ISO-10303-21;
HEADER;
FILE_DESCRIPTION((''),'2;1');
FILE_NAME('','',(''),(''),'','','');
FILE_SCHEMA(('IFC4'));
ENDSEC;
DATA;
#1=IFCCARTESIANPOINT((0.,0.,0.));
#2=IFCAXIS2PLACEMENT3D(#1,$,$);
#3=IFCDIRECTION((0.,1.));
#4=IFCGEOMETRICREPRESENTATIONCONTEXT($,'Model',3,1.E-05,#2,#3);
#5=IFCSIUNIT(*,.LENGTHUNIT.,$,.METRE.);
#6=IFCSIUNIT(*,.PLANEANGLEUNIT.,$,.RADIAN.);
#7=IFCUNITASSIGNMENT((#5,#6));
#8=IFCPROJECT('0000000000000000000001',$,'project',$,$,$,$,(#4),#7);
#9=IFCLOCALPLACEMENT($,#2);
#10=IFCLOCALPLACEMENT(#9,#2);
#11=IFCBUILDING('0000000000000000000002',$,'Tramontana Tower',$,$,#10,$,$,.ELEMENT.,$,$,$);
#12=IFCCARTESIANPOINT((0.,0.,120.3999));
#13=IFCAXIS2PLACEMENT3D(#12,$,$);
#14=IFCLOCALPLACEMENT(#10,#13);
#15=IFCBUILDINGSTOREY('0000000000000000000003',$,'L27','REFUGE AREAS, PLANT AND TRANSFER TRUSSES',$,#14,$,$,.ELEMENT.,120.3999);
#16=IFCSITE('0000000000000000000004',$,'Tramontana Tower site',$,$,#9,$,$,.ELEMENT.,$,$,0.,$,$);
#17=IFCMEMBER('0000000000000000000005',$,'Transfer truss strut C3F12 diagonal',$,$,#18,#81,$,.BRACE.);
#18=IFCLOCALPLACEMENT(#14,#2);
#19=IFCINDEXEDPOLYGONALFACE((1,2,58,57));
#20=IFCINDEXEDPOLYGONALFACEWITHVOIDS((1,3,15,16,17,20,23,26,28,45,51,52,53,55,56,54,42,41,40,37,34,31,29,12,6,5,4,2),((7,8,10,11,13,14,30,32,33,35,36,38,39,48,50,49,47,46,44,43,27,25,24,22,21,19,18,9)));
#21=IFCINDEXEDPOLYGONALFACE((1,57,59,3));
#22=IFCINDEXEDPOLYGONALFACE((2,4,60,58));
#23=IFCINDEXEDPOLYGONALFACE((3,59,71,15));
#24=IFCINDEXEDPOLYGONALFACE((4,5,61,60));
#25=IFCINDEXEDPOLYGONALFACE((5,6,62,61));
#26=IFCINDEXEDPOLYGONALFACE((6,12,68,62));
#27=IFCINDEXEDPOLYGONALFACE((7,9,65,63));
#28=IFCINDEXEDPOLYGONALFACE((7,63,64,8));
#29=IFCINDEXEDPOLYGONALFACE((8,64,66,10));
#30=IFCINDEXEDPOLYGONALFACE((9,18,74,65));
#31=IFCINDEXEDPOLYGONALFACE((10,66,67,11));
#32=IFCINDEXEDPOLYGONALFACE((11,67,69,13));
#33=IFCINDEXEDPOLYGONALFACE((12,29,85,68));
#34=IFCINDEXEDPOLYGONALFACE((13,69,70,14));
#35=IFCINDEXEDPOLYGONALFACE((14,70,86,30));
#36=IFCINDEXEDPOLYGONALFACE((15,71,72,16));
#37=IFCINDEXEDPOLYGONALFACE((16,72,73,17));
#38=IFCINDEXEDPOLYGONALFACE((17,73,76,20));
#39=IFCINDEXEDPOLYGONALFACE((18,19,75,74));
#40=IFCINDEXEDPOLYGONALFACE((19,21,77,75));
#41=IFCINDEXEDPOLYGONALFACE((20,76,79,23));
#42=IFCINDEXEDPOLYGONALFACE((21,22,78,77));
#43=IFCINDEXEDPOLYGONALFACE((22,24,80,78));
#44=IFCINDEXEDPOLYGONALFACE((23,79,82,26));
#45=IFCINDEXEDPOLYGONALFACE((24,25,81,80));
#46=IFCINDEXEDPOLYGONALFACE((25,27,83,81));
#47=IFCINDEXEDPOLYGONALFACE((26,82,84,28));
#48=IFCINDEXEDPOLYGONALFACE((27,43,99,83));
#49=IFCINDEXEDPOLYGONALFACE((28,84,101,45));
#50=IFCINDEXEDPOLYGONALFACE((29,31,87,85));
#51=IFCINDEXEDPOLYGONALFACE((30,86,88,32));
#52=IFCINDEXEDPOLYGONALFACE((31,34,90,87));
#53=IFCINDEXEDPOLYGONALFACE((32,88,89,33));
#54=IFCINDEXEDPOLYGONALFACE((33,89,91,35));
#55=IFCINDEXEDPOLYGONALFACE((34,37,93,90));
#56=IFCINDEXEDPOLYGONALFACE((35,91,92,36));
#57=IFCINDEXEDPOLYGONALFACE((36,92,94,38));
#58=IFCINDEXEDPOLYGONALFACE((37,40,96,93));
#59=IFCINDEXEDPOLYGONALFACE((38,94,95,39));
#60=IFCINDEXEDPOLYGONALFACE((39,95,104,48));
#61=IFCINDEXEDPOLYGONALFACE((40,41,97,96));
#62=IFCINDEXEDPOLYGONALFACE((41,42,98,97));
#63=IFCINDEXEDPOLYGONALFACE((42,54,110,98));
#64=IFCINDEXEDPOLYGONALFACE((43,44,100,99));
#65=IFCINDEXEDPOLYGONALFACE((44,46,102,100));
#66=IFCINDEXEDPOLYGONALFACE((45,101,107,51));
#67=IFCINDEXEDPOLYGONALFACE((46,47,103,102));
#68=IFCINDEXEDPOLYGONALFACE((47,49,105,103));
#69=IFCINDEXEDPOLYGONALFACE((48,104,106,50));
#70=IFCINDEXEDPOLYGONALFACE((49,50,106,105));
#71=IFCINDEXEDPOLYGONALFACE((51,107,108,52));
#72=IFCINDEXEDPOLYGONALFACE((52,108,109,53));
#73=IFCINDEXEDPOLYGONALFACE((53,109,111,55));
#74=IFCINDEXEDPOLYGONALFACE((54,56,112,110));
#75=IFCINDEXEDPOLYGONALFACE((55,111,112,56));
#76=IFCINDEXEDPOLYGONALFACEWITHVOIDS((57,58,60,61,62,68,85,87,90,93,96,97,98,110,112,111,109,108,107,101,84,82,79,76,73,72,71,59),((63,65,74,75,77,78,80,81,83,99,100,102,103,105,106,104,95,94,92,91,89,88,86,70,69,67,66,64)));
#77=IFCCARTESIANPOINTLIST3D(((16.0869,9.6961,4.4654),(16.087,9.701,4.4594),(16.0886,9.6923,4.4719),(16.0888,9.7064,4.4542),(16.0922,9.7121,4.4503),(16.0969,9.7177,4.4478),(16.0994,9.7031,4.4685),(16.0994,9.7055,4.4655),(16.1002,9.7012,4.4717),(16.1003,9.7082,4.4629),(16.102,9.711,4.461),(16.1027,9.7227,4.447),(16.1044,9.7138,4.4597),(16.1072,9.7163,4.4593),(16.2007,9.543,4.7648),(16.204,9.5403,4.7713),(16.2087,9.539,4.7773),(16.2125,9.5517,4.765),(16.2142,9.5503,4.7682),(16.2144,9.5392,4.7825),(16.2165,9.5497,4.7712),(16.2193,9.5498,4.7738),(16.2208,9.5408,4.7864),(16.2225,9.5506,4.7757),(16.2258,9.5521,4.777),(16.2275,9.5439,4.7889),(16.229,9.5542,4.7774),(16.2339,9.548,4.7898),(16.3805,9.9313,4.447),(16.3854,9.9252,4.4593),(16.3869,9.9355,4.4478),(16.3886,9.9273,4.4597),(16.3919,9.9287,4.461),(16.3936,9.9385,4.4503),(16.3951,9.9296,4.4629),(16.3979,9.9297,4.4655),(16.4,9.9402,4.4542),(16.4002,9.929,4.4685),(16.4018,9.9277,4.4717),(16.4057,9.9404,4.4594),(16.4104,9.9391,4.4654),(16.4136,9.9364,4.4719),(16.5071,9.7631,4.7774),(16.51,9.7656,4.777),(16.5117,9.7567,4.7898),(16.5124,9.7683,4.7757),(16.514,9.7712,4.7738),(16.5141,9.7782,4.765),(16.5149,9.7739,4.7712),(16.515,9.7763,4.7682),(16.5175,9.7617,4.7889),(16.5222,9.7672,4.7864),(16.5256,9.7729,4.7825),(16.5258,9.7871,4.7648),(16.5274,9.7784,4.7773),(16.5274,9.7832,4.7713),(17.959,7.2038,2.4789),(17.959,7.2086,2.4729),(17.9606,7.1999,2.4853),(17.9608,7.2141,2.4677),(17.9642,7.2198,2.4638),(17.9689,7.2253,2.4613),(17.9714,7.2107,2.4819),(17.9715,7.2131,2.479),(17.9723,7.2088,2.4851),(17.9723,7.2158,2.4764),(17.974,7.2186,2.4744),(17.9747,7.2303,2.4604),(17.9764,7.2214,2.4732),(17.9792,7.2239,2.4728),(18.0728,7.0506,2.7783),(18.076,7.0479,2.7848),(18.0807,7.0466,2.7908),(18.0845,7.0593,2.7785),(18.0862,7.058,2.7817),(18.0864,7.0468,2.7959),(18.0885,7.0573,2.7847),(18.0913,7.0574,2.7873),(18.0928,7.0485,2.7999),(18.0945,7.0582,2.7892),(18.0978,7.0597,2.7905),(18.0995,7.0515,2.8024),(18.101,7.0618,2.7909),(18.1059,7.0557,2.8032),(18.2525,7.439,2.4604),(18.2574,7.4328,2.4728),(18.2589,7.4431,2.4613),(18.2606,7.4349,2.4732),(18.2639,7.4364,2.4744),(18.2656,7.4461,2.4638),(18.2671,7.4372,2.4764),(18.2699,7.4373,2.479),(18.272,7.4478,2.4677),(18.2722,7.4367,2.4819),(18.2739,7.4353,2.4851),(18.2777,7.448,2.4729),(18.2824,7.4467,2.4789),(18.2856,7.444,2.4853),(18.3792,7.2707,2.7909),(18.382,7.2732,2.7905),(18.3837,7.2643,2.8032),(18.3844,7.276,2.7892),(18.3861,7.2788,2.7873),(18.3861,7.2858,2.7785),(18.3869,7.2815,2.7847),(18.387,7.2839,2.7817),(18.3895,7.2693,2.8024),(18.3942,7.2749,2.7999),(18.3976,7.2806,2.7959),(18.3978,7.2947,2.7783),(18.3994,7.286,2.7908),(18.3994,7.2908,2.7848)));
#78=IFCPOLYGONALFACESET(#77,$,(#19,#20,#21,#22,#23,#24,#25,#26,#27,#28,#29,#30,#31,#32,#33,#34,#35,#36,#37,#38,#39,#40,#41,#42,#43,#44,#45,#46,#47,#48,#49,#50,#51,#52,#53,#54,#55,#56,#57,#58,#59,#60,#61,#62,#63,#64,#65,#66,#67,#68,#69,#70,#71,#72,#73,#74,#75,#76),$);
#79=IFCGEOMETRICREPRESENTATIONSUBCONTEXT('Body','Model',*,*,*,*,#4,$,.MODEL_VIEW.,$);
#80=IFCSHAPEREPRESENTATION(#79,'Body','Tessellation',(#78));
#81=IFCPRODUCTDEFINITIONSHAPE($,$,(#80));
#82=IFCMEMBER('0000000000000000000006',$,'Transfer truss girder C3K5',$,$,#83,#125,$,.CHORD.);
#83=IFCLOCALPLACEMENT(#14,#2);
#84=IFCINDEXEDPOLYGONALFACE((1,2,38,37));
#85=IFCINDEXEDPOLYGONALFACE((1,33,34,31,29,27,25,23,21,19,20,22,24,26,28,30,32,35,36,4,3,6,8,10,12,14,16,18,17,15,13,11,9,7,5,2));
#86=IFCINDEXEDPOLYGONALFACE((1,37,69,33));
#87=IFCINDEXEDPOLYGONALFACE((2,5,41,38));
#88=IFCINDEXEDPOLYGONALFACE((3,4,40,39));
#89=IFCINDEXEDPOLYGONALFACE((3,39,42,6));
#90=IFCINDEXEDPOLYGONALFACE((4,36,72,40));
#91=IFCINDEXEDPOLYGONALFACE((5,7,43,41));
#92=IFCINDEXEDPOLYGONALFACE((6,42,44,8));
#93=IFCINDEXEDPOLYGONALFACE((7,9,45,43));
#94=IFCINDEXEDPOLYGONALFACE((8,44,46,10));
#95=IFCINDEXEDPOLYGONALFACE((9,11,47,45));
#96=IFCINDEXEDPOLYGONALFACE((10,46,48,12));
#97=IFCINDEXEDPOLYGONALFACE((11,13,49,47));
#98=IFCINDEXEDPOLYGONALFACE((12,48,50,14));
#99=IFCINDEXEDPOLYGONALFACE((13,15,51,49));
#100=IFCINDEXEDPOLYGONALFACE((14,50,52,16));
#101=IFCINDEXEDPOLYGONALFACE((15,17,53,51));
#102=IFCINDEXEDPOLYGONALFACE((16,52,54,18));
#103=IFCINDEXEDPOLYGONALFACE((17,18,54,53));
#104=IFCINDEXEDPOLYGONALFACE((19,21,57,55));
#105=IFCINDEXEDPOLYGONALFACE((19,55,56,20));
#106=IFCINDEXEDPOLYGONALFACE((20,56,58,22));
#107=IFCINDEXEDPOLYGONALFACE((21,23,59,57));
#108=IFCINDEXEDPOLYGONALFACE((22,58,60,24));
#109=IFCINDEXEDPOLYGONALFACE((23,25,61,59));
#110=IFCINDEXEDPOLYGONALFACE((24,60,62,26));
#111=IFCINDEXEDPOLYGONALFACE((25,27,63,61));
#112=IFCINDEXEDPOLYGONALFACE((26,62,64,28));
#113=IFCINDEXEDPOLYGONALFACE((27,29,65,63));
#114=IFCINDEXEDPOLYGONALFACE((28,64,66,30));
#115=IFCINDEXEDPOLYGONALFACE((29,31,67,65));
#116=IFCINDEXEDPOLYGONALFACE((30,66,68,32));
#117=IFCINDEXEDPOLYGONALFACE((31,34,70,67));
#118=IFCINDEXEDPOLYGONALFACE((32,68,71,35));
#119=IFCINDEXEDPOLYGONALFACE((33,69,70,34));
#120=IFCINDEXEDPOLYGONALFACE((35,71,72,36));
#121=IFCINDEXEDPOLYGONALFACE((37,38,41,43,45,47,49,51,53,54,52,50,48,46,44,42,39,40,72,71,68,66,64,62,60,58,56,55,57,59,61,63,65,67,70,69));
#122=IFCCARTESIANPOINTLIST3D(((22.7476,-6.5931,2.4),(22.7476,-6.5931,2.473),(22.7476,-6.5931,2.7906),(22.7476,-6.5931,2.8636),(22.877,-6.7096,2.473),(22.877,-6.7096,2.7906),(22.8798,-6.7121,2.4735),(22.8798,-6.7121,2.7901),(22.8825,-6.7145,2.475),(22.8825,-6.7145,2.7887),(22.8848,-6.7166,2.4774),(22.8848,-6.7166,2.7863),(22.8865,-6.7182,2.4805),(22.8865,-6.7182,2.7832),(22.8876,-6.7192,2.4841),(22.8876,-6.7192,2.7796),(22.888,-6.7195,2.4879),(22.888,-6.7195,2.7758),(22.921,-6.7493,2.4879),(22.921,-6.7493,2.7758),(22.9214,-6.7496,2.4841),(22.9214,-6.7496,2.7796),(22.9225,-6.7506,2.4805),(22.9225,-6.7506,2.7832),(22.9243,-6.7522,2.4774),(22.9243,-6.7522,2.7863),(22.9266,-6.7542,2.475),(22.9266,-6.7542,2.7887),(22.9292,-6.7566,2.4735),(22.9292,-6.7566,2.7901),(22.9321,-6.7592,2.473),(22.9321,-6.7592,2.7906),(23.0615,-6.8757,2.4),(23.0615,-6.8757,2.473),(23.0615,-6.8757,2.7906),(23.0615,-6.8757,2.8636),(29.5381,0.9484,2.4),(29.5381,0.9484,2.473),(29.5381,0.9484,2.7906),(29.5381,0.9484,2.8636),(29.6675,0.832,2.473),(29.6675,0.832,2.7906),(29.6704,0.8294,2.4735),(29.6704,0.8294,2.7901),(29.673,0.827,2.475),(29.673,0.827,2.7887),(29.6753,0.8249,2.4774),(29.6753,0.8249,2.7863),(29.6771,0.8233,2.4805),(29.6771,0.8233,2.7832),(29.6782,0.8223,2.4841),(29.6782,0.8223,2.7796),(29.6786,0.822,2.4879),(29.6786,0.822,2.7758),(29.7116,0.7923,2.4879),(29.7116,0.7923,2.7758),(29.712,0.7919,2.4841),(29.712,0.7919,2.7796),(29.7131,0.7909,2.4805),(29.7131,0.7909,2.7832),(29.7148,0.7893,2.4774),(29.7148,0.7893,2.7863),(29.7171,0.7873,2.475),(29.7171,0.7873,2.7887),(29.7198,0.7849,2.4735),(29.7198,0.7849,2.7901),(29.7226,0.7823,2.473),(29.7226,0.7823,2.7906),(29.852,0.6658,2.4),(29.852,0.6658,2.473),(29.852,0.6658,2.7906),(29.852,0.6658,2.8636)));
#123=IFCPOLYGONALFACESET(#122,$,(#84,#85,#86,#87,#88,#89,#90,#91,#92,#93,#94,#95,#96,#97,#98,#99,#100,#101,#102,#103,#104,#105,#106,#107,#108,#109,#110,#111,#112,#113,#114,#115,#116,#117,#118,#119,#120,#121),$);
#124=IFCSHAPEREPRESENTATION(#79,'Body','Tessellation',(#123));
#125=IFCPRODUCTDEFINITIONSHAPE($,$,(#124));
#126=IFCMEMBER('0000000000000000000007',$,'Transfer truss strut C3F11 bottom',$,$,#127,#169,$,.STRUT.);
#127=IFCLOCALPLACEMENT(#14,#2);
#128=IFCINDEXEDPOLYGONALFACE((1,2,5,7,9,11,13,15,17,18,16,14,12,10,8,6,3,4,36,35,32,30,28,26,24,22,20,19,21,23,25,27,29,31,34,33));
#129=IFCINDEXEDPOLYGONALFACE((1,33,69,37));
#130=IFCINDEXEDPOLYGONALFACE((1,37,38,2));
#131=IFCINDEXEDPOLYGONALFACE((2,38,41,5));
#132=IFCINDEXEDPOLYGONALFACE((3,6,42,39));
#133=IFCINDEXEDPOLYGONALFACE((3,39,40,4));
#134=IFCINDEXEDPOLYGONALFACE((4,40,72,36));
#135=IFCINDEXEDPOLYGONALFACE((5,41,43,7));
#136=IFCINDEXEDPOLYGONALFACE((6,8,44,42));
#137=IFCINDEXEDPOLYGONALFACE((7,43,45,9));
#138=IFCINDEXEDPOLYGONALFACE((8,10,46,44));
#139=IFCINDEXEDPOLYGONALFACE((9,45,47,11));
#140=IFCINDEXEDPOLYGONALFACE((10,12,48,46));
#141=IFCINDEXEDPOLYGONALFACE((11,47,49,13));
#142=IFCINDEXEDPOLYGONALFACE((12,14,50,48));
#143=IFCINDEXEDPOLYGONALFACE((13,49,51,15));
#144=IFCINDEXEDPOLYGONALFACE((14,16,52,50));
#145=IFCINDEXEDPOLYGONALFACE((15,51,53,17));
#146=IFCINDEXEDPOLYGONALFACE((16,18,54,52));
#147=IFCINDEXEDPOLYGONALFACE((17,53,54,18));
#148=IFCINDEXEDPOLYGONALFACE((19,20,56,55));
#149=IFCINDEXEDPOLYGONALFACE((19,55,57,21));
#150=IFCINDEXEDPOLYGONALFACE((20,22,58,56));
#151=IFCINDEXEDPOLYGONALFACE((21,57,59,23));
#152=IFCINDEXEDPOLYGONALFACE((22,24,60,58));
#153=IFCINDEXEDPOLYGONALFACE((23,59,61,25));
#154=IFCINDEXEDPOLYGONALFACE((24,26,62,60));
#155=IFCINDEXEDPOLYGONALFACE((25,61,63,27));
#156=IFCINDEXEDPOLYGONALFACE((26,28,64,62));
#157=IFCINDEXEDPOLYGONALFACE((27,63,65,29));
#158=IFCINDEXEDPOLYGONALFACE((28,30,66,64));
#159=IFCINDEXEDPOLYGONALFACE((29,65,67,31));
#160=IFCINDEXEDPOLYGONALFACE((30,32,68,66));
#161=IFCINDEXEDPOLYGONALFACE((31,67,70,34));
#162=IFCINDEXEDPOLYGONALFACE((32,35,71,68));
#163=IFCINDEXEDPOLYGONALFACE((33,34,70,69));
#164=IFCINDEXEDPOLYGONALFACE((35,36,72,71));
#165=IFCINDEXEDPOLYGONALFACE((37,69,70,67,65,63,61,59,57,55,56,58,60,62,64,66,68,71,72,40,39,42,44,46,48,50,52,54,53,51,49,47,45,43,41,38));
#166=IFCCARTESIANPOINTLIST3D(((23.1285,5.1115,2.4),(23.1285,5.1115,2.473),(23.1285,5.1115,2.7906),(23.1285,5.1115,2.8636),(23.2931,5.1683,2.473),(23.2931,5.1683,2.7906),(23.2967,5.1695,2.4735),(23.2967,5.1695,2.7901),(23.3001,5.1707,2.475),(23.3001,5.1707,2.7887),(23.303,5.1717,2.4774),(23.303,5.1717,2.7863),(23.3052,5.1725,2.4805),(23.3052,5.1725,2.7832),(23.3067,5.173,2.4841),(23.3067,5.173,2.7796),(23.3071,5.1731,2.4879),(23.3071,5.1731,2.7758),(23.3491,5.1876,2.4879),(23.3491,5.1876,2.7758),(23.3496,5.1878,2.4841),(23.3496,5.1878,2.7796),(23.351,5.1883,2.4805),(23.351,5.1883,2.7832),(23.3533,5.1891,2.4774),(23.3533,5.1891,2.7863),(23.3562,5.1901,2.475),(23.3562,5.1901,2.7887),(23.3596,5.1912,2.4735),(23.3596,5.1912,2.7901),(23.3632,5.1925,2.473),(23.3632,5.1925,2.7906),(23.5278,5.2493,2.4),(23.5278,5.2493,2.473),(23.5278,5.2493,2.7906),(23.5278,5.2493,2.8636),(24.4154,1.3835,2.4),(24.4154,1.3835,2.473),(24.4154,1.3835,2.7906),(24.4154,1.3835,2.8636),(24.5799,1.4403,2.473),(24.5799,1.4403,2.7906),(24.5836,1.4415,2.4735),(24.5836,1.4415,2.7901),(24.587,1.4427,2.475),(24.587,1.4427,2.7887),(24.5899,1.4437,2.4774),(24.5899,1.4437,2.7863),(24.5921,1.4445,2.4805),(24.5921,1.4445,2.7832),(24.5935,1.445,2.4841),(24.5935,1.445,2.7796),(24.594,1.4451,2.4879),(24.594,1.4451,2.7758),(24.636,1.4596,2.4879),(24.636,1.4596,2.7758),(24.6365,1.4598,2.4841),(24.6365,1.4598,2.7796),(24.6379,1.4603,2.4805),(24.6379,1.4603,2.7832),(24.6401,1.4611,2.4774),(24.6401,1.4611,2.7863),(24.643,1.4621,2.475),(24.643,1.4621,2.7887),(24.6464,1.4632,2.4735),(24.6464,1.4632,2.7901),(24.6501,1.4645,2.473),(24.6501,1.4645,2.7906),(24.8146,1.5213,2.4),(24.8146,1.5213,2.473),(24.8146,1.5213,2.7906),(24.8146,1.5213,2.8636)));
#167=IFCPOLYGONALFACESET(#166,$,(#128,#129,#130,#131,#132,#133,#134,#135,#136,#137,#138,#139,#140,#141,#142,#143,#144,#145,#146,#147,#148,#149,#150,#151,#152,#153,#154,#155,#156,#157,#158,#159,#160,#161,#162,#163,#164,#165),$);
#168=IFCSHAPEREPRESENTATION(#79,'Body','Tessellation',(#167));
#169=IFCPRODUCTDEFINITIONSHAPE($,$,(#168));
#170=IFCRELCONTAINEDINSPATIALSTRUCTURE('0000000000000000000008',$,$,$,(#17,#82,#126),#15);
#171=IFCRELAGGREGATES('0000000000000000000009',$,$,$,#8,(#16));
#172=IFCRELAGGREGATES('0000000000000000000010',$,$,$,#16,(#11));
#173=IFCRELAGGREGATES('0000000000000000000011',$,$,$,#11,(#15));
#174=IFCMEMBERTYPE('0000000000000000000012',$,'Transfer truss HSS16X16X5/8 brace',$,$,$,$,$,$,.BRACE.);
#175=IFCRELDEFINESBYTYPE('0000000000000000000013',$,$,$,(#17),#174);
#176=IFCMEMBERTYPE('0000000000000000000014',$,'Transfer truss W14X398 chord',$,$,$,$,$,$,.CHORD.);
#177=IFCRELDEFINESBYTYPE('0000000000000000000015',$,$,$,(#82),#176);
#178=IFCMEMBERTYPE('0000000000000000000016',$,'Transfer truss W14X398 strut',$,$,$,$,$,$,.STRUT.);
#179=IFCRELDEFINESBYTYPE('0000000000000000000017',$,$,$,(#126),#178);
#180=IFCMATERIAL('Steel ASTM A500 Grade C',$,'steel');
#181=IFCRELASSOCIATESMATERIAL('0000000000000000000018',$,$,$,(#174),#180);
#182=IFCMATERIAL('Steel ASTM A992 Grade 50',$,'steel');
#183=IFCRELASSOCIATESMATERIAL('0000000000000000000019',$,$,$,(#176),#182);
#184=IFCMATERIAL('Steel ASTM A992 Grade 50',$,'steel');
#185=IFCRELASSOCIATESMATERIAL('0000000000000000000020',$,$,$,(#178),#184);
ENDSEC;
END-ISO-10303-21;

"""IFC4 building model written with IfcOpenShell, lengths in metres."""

from ifc_helpers import new_model, si_unit, direction, frame, origin, origin_2d, place, context, subcontext, project, spatial, hollow_rectangle, i_section, extrude, material, material_profile, profile_set, type_object, element, save


model = new_model("IFC4")

# Units and contexts
model_context = context("Model", 3, precision=1e-05, world=origin(), true_north=direction((0.0, 1.0)))
body_context = subcontext(model_context, "Body", "Model", "MODEL_VIEW")
ifc_project = project(units=[si_unit("LENGTHUNIT", "METRE"), si_unit("PLANEANGLEUNIT", "RADIAN")], contexts=[model_context])

# Site, building, storey
site_placement = place(None, origin())
site = spatial("IfcSite", under=ifc_project, at=site_placement, Name="Tramontana Tower site", CompositionType="ELEMENT", RefElevation=0.0)
building_placement = place(site_placement, origin())
building = spatial("IfcBuilding", under=site, at=building_placement, Name="Tramontana Tower", CompositionType="ELEMENT")
storey_placement = place(building_placement, frame((0.0, 0.0, 120.3999)))
storey = spatial("IfcBuildingStorey", under=building, at=storey_placement, Name="L27", Description="REFUGE AREAS, PLANT AND TRANSFER TRUSSES", CompositionType="ELEMENT", Elevation=120.3999)

# Members
ifc_material_1 = material(Name="Steel ASTM A500 Grade C", Category="steel")
ifc_material_profile_1 = material_profile(ifc_material_1, hollow_rectangle(XDim=0.4065, YDim=0.4065, WallThickness=0.0146, InnerFilletRadius=0.0146, OuterFilletRadius=0.0295, at=origin_2d()), Name="HSS16X16X5/8")
ifc_profile_set_1 = profile_set([ifc_material_profile_1], Name="Steel ASTM A500 Grade C")
member_type_1 = type_object("IfcMemberType", Name="Transfer truss HSS16X16X5/8 brace", PredefinedType="BRACE", material=ifc_profile_set_1)
member_1_placement = place(storey_placement, frame((18.1792, 7.2473, 2.6318), z_axis=(-0.506458, 0.674287, 0.537435), x_axis=(-0.799577, -0.600564, 0.0)))
element("IfcMember", 1, at=member_1_placement, inside=storey, type_object=member_type_1, Name="Transfer truss strut C3F12 diagonal", PredefinedType="BRACE", context=body_context, shape_type="SweptSolid", body=[
    extrude(hollow_rectangle(XDim=0.4065, YDim=0.4065, WallThickness=0.0146, InnerFilletRadius=0.0146, OuterFilletRadius=0.0295, at=origin_2d()), origin(), (0.0, 0.0, 1.0), 3.6963),
])
ifc_material_2 = material(Name="Steel ASTM A992 Grade 50", Category="steel")
ifc_material_profile_2 = material_profile(ifc_material_2, i_section(OverallWidth=0.4224, OverallDepth=0.4636, WebThickness=0.0444, FlangeThickness=0.073, FilletRadius=0.0149, at=origin_2d()), Name="W14X398")
ifc_profile_set_2 = profile_set([ifc_material_profile_2], Name="Steel ASTM A992 Grade 50")
member_type_2 = type_object("IfcMemberType", Name="Transfer truss W14X398 chord", PredefinedType="CHORD", material=ifc_profile_set_2)
member_2_placement = place(storey_placement, frame((29.6951, 0.8071, 2.6318), z_axis=(-0.669138, -0.743139, 0.0), x_axis=(0.743139, -0.669138, 0.0)))
element("IfcMember", 2, at=member_2_placement, inside=storey, type_object=member_type_2, Name="Transfer truss girder C3K5", PredefinedType="CHORD", context=body_context, shape_type="SweptSolid", body=[
    extrude(i_section(OverallWidth=0.4224, OverallDepth=0.4636, WebThickness=0.0444, FlangeThickness=0.073, FilletRadius=0.0149, at=origin_2d()), origin(), (0.0, 0.0, 1.0), 10.1482),
])
ifc_material_3 = material(Name="Steel ASTM A992 Grade 50", Category="steel")
ifc_material_profile_3 = material_profile(ifc_material_3, i_section(OverallWidth=0.4224, OverallDepth=0.4636, WebThickness=0.0444, FlangeThickness=0.073, FilletRadius=0.0149, at=origin_2d()), Name="W14X398")
ifc_profile_set_3 = profile_set([ifc_material_profile_3], Name="Steel ASTM A992 Grade 50")
member_type_3 = type_object("IfcMemberType", Name="Transfer truss W14X398 strut", PredefinedType="STRUT", material=ifc_profile_set_3)
member_3_placement = place(storey_placement, frame((24.615, 1.4524, 2.6318), z_axis=(-0.326294, 0.945268, 0.0), x_axis=(-0.945268, -0.326294, 0.0)))
element("IfcMember", 3, at=member_3_placement, inside=storey, type_object=member_type_3, Name="Transfer truss strut C3F11 bottom", PredefinedType="STRUT", context=body_context, shape_type="SweptSolid", body=[
    extrude(i_section(OverallWidth=0.4224, OverallDepth=0.4636, WebThickness=0.0444, FlangeThickness=0.073, FilletRadius=0.0149, at=origin_2d()), origin(), (0.0, 0.0, 1.0), 3.9438),
])

save(model, "model.ifc")
